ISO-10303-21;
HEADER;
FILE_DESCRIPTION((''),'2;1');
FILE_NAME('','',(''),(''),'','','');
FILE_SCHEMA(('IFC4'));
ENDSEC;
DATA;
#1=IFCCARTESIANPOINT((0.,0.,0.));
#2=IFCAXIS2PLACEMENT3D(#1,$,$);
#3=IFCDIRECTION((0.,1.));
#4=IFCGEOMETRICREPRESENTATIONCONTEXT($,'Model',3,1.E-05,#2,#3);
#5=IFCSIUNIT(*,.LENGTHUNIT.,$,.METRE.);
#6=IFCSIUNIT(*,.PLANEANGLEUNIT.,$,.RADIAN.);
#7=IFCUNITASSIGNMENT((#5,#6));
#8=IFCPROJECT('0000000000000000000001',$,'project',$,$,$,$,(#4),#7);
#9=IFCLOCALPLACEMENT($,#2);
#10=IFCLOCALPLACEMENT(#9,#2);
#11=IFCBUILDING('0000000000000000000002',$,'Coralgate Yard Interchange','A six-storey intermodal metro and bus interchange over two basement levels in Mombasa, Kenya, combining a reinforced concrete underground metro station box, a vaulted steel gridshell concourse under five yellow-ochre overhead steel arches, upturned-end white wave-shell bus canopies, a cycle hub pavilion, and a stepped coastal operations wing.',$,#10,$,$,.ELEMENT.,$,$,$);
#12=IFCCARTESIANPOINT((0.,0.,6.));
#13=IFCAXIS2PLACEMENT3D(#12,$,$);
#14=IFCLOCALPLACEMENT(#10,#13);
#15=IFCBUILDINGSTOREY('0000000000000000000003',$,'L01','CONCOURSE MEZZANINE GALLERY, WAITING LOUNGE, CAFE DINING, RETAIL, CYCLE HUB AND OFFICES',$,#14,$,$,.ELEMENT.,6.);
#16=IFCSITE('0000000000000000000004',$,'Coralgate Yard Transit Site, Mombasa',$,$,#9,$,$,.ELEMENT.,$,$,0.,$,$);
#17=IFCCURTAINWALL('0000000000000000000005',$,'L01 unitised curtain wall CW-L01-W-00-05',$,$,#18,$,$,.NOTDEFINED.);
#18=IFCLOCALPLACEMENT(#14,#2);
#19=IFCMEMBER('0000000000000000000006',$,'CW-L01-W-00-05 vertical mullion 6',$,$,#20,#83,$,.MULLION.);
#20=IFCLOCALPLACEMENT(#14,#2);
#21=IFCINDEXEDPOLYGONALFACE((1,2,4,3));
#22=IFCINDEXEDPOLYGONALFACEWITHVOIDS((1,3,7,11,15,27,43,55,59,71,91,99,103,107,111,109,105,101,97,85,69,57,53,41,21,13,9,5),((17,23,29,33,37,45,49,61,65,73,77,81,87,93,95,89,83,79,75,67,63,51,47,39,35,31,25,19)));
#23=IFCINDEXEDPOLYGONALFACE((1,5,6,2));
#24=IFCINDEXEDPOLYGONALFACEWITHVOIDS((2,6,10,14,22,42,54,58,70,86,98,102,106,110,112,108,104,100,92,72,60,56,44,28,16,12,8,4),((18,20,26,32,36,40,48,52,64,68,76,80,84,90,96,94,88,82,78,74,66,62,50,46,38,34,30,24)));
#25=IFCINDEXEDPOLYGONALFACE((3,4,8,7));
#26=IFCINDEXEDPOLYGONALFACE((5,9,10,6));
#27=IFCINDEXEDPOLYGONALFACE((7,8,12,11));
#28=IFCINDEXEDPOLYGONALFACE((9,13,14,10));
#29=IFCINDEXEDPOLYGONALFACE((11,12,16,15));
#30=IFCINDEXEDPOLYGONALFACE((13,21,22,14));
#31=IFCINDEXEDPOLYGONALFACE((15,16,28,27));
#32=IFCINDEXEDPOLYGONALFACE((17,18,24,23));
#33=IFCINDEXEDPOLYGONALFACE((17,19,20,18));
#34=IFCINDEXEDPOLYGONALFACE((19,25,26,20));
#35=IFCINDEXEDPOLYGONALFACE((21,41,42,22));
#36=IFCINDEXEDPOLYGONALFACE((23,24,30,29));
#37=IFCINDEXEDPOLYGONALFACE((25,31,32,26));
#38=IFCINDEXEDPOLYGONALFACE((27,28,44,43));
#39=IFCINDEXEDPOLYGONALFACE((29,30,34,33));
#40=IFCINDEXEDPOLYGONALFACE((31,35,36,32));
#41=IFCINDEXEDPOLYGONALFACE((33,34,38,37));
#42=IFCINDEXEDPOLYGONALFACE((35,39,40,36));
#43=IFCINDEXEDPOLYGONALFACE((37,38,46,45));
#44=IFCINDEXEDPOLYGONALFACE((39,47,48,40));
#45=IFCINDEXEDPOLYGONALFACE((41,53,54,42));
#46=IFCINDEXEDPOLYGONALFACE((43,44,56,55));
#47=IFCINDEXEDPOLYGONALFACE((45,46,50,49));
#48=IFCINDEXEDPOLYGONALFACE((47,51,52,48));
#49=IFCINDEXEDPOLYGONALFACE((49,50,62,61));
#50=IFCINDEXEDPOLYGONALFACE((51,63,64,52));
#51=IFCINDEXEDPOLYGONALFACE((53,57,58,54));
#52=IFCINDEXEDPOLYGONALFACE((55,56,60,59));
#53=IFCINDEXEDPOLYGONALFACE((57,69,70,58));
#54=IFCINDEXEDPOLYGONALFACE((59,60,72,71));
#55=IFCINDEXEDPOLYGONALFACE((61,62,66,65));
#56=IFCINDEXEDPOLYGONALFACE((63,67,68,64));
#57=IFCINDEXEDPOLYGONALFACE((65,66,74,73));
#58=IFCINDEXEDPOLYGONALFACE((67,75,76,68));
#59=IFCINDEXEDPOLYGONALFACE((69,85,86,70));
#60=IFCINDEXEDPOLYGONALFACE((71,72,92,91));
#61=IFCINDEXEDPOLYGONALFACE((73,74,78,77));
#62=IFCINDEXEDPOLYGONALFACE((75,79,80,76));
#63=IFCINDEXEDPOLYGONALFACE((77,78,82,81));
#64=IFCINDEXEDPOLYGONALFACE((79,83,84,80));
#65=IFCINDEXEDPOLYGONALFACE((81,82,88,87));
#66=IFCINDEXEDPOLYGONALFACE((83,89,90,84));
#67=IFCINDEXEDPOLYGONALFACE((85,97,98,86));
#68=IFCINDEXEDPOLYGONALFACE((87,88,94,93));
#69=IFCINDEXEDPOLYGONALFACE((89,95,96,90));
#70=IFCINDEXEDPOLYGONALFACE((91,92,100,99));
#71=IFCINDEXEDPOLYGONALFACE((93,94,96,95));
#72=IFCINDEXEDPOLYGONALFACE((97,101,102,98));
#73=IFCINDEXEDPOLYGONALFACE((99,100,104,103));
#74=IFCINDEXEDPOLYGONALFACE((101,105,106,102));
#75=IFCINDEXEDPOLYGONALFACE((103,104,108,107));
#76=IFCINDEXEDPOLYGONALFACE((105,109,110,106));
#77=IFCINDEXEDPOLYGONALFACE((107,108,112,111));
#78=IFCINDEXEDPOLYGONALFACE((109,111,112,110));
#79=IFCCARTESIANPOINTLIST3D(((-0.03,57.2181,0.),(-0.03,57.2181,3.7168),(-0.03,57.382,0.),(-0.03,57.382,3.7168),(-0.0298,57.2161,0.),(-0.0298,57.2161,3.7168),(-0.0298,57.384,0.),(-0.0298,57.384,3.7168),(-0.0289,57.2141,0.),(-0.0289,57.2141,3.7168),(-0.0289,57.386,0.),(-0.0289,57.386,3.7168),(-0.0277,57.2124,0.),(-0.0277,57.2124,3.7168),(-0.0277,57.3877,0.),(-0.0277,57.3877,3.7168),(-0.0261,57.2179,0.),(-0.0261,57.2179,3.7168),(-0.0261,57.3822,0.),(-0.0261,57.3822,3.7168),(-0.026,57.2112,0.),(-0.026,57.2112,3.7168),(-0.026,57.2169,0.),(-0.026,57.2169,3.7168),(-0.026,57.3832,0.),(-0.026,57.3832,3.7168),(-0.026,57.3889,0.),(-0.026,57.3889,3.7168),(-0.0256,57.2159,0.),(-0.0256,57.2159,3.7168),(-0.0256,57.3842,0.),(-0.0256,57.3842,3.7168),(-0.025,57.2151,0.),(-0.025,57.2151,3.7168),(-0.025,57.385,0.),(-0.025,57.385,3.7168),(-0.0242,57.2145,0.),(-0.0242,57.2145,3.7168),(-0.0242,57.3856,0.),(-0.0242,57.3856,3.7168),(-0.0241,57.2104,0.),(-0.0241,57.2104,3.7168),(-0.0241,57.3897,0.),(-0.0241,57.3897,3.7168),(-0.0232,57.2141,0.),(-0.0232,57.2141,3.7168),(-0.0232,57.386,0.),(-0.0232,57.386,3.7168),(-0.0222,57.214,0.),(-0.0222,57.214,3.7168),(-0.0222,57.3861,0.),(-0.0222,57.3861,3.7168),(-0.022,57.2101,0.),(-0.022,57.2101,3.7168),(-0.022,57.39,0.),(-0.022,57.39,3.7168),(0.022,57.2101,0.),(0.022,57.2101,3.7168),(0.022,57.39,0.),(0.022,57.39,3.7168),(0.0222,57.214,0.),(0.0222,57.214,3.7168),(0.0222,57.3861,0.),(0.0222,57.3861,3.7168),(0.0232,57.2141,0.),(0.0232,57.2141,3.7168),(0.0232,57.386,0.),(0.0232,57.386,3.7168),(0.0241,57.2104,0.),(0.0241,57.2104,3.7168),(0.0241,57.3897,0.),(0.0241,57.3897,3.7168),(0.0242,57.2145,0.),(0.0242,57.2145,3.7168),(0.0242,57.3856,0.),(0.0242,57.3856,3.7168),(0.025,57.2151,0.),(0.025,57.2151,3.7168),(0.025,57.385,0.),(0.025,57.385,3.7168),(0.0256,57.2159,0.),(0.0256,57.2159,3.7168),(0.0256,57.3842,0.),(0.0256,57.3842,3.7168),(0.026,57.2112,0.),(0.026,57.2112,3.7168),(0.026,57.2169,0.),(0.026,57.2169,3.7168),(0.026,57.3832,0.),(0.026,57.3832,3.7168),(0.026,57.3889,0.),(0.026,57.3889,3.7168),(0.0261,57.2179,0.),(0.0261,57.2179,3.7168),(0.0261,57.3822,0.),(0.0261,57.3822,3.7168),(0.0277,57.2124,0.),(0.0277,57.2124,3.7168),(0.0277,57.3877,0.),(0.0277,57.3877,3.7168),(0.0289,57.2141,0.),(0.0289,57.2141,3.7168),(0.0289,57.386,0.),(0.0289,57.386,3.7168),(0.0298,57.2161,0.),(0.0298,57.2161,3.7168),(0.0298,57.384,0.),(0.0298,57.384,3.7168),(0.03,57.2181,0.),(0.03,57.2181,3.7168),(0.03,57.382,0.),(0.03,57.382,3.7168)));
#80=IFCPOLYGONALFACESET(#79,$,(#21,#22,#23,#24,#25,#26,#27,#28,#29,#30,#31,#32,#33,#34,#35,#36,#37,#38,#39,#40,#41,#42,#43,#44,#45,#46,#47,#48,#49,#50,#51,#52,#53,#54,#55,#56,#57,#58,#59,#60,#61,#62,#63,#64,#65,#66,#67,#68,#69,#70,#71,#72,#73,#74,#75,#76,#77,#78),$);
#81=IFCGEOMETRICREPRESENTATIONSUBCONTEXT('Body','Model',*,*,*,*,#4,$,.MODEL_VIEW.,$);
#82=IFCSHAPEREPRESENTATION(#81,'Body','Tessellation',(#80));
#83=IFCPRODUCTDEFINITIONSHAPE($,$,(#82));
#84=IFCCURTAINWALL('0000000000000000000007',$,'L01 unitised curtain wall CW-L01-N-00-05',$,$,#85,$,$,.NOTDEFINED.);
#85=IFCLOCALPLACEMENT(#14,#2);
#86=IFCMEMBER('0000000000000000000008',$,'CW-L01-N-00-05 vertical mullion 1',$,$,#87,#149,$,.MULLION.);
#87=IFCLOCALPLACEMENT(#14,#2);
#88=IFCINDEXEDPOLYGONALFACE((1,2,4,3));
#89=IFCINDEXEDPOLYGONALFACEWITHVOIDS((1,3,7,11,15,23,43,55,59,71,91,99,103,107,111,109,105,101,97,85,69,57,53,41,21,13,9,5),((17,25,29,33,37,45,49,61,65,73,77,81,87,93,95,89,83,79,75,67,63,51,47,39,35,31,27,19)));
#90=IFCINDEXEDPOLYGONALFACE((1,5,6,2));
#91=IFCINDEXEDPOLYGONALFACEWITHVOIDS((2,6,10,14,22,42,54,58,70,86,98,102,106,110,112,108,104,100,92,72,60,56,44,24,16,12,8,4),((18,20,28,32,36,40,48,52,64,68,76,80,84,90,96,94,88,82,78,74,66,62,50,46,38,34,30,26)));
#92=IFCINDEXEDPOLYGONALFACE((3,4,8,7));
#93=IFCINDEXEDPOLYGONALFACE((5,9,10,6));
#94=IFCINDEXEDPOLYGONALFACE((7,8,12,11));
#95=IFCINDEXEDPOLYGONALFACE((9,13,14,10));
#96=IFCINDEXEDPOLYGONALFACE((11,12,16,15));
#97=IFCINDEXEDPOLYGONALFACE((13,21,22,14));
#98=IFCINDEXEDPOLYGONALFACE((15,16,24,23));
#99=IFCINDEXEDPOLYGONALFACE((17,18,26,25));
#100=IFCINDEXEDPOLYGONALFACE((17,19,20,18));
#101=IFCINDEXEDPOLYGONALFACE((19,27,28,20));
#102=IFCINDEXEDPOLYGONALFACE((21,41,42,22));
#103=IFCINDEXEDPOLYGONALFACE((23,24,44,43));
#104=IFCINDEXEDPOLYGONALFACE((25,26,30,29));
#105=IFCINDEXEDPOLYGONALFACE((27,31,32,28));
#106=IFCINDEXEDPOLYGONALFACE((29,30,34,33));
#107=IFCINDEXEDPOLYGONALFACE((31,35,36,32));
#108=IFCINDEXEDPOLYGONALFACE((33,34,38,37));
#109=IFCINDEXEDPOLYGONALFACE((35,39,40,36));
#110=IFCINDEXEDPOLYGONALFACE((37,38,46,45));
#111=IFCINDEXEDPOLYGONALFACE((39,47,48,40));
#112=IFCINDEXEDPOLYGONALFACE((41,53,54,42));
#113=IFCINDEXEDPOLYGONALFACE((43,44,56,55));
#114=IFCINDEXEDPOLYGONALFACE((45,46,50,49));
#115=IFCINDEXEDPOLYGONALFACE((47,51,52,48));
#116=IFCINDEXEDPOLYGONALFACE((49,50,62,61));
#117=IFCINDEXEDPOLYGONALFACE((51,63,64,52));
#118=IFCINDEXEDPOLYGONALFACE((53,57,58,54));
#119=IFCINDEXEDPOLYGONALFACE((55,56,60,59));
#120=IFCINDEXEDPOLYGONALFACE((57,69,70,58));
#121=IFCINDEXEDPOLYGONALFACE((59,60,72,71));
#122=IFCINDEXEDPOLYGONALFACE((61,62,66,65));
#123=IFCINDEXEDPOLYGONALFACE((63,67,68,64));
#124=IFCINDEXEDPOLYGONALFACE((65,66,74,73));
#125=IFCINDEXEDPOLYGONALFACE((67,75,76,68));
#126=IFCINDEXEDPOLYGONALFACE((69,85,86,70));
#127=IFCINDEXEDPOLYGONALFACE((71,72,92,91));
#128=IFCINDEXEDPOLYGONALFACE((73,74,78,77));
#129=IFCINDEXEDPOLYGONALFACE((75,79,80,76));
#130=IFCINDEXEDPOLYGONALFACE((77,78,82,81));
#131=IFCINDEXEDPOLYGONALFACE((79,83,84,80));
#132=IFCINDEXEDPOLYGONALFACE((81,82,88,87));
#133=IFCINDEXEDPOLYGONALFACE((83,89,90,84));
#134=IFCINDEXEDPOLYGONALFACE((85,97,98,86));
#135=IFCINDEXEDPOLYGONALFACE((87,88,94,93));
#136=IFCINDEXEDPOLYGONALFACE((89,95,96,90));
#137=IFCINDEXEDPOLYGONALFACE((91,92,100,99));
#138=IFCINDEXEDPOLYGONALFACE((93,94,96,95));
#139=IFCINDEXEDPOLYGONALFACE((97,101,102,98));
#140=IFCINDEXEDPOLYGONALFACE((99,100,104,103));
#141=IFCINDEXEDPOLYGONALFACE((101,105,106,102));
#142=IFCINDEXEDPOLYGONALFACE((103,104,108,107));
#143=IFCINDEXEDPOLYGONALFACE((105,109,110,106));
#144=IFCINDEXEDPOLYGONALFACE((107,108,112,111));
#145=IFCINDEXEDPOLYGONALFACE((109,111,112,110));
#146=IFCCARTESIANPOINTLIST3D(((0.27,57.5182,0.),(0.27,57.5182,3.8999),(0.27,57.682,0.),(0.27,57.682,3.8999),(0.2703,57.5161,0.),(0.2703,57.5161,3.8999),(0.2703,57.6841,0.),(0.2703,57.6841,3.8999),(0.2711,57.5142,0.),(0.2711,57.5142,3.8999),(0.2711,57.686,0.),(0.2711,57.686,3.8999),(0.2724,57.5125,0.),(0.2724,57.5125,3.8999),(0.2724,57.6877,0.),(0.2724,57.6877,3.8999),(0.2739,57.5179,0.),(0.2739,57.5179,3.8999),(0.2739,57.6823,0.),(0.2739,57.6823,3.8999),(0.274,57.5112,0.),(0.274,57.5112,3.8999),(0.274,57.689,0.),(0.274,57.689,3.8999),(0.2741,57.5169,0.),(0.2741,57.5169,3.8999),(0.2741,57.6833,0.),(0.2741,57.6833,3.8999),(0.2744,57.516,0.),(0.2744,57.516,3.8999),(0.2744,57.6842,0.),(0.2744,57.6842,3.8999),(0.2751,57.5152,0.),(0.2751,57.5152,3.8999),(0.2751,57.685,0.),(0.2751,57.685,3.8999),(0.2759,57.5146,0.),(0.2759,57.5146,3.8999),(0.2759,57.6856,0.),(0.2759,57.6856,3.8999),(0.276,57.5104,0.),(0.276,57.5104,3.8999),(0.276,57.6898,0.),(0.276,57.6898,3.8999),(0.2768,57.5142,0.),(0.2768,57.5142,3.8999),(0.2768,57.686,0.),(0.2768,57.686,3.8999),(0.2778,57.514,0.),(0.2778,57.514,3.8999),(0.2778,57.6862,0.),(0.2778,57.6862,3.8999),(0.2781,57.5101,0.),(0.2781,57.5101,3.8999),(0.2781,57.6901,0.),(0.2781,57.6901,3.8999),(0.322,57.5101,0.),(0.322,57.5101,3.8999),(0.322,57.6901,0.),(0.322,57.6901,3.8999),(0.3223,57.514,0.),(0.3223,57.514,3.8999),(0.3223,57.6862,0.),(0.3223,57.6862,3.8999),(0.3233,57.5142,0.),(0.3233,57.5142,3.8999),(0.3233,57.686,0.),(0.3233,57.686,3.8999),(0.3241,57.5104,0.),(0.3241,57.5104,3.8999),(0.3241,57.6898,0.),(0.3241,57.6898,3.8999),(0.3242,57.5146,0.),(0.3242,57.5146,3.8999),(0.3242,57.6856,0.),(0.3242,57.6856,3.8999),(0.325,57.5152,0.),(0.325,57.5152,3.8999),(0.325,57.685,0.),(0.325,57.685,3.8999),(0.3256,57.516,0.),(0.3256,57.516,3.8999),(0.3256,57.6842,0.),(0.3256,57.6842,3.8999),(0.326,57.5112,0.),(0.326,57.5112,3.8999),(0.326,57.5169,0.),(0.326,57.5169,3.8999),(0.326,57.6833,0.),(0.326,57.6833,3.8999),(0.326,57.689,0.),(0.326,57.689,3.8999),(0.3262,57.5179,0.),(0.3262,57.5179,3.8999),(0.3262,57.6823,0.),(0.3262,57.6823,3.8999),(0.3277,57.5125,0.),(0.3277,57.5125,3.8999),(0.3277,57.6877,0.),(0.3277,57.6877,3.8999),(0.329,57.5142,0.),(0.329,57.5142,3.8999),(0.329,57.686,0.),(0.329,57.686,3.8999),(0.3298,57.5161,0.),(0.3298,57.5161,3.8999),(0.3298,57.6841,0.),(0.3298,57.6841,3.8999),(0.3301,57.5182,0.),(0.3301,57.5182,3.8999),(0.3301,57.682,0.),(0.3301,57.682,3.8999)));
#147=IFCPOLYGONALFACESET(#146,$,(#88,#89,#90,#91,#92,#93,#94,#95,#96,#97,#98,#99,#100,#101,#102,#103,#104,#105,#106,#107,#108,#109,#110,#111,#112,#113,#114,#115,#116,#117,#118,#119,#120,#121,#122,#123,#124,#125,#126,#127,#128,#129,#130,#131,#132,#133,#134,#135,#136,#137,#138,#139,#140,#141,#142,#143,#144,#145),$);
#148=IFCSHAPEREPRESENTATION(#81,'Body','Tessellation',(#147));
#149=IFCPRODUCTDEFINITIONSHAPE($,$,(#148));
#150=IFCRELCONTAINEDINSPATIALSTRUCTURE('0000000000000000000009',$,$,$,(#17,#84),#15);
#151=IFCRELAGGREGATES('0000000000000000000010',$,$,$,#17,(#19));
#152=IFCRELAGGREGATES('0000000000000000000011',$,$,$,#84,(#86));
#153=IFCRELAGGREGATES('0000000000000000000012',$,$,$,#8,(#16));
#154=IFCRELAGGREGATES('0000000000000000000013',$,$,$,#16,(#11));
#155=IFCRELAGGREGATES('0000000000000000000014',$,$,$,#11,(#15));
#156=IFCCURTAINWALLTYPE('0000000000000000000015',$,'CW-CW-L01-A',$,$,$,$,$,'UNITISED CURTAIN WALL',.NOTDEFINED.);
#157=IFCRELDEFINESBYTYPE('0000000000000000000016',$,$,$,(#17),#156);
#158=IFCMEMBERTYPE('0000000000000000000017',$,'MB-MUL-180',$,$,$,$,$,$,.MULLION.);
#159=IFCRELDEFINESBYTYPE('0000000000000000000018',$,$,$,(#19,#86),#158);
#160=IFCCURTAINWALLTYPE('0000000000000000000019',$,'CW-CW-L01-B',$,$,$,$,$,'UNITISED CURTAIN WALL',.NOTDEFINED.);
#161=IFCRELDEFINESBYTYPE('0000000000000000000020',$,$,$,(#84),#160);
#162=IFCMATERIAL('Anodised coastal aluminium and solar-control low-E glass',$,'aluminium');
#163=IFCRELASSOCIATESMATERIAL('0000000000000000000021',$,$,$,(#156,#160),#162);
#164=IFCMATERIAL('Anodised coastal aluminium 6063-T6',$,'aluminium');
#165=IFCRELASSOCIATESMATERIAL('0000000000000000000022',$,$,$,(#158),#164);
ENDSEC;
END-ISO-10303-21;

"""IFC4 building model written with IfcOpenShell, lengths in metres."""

from ifc_helpers import new_model, si_unit, direction, frame, origin, origin_2d, place, context, subcontext, project, spatial, hollow_rectangle, extrude, material, material_profile, profile_set, type_object, element, aggregate, save


model = new_model("IFC4")

# Units and contexts
model_context = context("Model", 3, precision=1e-05, world=origin(), true_north=direction((0.0, 1.0)))
body_context = subcontext(model_context, "Body", "Model", "MODEL_VIEW")
ifc_project = project(units=[si_unit("LENGTHUNIT", "METRE"), si_unit("PLANEANGLEUNIT", "RADIAN")], contexts=[model_context])

# Site, building, storey
site_placement = place(None, origin())
site = spatial("IfcSite", under=ifc_project, at=site_placement, Name="Coralgate Yard Transit Site, Mombasa", CompositionType="ELEMENT", RefElevation=0.0)
building_placement = place(site_placement, origin())
building = spatial("IfcBuilding", under=site, at=building_placement, Name="Coralgate Yard Interchange", Description="A six-storey intermodal metro and bus interchange over two basement levels in Mombasa, Kenya, combining a reinforced concrete underground metro station box, a vaulted steel gridshell concourse under five yellow-ochre overhead steel arches, upturned-end white wave-shell bus canopies, a cycle hub pavilion, and a stepped coastal operations wing.", CompositionType="ELEMENT")
storey_placement = place(building_placement, frame((0.0, 0.0, 6.0)))
storey = spatial("IfcBuildingStorey", under=building, at=storey_placement, Name="L01", Description="CONCOURSE MEZZANINE GALLERY, WAITING LOUNGE, CAFE DINING, RETAIL, CYCLE HUB AND OFFICES", CompositionType="ELEMENT", Elevation=6.0)

# Curtain walls, members
ifc_material_1 = material(Name="Anodised coastal aluminium and solar-control low-E glass", Category="aluminium")
curtain_wall_type_1 = type_object("IfcCurtainWallType", Name="CW-CW-L01-A", ElementType="UNITISED CURTAIN WALL", PredefinedType="NOTDEFINED", material=ifc_material_1)
curtain_wall_1_placement = place(storey_placement, origin())
curtain_wall_1 = element("IfcCurtainWall", 1, at=curtain_wall_1_placement, inside=storey, type_object=curtain_wall_type_1, Name="L01 unitised curtain wall CW-L01-W-00-05", PredefinedType="NOTDEFINED")
ifc_material_2 = material(Name="Anodised coastal aluminium 6063-T6", Category="aluminium")
ifc_material_profile_1 = material_profile(ifc_material_2, hollow_rectangle(XDim=0.0601, YDim=0.1799, WallThickness=0.0039, InnerFilletRadius=0.0039, OuterFilletRadius=0.0081, at=origin_2d()), Name="ALU 60x180x4")
ifc_profile_set_1 = profile_set([ifc_material_profile_1], Name="Anodised coastal aluminium 6063-T6")
member_type_1 = type_object("IfcMemberType", Name="MB-MUL-180", PredefinedType="MULLION", material=ifc_profile_set_1)
member_1_placement = place(storey_placement, frame((0.0, 57.3, 0.0), z_axis=(0.0, 0.0, 1.0), x_axis=(1.0, 0.0, 0.0)))
member_1 = element("IfcMember", 2, at=member_1_placement, type_object=member_type_1, Name="CW-L01-W-00-05 vertical mullion 6", PredefinedType="MULLION", context=body_context, shape_type="SweptSolid", body=[
    extrude(hollow_rectangle(XDim=0.0601, YDim=0.1799, WallThickness=0.0039, InnerFilletRadius=0.0039, OuterFilletRadius=0.0081, at=origin_2d()), origin(), (0.0, 0.0, 1.0), 3.7168),
])
curtain_wall_type_2 = type_object("IfcCurtainWallType", Name="CW-CW-L01-B", ElementType="UNITISED CURTAIN WALL", PredefinedType="NOTDEFINED", material=ifc_material_1)
curtain_wall_2_placement = place(storey_placement, origin())
curtain_wall_2 = element("IfcCurtainWall", 3, at=curtain_wall_2_placement, inside=storey, type_object=curtain_wall_type_2, Name="L01 unitised curtain wall CW-L01-N-00-05", PredefinedType="NOTDEFINED")
member_2_placement = place(storey_placement, frame((0.3, 57.6001, 0.0), z_axis=(0.0, 0.0, 1.0), x_axis=(1.0, 0.0, 0.0)))
member_2 = element("IfcMember", 4, at=member_2_placement, type_object=member_type_1, Name="CW-L01-N-00-05 vertical mullion 1", PredefinedType="MULLION", context=body_context, shape_type="SweptSolid", body=[
    extrude(hollow_rectangle(XDim=0.0601, YDim=0.1799, WallThickness=0.0039, InnerFilletRadius=0.0039, OuterFilletRadius=0.0081, at=origin_2d()), origin(), (0.0, 0.0, 1.0), 3.8999),
])

aggregate(curtain_wall_1, [member_1])
aggregate(curtain_wall_2, [member_2])

save(model, "model.ifc")
